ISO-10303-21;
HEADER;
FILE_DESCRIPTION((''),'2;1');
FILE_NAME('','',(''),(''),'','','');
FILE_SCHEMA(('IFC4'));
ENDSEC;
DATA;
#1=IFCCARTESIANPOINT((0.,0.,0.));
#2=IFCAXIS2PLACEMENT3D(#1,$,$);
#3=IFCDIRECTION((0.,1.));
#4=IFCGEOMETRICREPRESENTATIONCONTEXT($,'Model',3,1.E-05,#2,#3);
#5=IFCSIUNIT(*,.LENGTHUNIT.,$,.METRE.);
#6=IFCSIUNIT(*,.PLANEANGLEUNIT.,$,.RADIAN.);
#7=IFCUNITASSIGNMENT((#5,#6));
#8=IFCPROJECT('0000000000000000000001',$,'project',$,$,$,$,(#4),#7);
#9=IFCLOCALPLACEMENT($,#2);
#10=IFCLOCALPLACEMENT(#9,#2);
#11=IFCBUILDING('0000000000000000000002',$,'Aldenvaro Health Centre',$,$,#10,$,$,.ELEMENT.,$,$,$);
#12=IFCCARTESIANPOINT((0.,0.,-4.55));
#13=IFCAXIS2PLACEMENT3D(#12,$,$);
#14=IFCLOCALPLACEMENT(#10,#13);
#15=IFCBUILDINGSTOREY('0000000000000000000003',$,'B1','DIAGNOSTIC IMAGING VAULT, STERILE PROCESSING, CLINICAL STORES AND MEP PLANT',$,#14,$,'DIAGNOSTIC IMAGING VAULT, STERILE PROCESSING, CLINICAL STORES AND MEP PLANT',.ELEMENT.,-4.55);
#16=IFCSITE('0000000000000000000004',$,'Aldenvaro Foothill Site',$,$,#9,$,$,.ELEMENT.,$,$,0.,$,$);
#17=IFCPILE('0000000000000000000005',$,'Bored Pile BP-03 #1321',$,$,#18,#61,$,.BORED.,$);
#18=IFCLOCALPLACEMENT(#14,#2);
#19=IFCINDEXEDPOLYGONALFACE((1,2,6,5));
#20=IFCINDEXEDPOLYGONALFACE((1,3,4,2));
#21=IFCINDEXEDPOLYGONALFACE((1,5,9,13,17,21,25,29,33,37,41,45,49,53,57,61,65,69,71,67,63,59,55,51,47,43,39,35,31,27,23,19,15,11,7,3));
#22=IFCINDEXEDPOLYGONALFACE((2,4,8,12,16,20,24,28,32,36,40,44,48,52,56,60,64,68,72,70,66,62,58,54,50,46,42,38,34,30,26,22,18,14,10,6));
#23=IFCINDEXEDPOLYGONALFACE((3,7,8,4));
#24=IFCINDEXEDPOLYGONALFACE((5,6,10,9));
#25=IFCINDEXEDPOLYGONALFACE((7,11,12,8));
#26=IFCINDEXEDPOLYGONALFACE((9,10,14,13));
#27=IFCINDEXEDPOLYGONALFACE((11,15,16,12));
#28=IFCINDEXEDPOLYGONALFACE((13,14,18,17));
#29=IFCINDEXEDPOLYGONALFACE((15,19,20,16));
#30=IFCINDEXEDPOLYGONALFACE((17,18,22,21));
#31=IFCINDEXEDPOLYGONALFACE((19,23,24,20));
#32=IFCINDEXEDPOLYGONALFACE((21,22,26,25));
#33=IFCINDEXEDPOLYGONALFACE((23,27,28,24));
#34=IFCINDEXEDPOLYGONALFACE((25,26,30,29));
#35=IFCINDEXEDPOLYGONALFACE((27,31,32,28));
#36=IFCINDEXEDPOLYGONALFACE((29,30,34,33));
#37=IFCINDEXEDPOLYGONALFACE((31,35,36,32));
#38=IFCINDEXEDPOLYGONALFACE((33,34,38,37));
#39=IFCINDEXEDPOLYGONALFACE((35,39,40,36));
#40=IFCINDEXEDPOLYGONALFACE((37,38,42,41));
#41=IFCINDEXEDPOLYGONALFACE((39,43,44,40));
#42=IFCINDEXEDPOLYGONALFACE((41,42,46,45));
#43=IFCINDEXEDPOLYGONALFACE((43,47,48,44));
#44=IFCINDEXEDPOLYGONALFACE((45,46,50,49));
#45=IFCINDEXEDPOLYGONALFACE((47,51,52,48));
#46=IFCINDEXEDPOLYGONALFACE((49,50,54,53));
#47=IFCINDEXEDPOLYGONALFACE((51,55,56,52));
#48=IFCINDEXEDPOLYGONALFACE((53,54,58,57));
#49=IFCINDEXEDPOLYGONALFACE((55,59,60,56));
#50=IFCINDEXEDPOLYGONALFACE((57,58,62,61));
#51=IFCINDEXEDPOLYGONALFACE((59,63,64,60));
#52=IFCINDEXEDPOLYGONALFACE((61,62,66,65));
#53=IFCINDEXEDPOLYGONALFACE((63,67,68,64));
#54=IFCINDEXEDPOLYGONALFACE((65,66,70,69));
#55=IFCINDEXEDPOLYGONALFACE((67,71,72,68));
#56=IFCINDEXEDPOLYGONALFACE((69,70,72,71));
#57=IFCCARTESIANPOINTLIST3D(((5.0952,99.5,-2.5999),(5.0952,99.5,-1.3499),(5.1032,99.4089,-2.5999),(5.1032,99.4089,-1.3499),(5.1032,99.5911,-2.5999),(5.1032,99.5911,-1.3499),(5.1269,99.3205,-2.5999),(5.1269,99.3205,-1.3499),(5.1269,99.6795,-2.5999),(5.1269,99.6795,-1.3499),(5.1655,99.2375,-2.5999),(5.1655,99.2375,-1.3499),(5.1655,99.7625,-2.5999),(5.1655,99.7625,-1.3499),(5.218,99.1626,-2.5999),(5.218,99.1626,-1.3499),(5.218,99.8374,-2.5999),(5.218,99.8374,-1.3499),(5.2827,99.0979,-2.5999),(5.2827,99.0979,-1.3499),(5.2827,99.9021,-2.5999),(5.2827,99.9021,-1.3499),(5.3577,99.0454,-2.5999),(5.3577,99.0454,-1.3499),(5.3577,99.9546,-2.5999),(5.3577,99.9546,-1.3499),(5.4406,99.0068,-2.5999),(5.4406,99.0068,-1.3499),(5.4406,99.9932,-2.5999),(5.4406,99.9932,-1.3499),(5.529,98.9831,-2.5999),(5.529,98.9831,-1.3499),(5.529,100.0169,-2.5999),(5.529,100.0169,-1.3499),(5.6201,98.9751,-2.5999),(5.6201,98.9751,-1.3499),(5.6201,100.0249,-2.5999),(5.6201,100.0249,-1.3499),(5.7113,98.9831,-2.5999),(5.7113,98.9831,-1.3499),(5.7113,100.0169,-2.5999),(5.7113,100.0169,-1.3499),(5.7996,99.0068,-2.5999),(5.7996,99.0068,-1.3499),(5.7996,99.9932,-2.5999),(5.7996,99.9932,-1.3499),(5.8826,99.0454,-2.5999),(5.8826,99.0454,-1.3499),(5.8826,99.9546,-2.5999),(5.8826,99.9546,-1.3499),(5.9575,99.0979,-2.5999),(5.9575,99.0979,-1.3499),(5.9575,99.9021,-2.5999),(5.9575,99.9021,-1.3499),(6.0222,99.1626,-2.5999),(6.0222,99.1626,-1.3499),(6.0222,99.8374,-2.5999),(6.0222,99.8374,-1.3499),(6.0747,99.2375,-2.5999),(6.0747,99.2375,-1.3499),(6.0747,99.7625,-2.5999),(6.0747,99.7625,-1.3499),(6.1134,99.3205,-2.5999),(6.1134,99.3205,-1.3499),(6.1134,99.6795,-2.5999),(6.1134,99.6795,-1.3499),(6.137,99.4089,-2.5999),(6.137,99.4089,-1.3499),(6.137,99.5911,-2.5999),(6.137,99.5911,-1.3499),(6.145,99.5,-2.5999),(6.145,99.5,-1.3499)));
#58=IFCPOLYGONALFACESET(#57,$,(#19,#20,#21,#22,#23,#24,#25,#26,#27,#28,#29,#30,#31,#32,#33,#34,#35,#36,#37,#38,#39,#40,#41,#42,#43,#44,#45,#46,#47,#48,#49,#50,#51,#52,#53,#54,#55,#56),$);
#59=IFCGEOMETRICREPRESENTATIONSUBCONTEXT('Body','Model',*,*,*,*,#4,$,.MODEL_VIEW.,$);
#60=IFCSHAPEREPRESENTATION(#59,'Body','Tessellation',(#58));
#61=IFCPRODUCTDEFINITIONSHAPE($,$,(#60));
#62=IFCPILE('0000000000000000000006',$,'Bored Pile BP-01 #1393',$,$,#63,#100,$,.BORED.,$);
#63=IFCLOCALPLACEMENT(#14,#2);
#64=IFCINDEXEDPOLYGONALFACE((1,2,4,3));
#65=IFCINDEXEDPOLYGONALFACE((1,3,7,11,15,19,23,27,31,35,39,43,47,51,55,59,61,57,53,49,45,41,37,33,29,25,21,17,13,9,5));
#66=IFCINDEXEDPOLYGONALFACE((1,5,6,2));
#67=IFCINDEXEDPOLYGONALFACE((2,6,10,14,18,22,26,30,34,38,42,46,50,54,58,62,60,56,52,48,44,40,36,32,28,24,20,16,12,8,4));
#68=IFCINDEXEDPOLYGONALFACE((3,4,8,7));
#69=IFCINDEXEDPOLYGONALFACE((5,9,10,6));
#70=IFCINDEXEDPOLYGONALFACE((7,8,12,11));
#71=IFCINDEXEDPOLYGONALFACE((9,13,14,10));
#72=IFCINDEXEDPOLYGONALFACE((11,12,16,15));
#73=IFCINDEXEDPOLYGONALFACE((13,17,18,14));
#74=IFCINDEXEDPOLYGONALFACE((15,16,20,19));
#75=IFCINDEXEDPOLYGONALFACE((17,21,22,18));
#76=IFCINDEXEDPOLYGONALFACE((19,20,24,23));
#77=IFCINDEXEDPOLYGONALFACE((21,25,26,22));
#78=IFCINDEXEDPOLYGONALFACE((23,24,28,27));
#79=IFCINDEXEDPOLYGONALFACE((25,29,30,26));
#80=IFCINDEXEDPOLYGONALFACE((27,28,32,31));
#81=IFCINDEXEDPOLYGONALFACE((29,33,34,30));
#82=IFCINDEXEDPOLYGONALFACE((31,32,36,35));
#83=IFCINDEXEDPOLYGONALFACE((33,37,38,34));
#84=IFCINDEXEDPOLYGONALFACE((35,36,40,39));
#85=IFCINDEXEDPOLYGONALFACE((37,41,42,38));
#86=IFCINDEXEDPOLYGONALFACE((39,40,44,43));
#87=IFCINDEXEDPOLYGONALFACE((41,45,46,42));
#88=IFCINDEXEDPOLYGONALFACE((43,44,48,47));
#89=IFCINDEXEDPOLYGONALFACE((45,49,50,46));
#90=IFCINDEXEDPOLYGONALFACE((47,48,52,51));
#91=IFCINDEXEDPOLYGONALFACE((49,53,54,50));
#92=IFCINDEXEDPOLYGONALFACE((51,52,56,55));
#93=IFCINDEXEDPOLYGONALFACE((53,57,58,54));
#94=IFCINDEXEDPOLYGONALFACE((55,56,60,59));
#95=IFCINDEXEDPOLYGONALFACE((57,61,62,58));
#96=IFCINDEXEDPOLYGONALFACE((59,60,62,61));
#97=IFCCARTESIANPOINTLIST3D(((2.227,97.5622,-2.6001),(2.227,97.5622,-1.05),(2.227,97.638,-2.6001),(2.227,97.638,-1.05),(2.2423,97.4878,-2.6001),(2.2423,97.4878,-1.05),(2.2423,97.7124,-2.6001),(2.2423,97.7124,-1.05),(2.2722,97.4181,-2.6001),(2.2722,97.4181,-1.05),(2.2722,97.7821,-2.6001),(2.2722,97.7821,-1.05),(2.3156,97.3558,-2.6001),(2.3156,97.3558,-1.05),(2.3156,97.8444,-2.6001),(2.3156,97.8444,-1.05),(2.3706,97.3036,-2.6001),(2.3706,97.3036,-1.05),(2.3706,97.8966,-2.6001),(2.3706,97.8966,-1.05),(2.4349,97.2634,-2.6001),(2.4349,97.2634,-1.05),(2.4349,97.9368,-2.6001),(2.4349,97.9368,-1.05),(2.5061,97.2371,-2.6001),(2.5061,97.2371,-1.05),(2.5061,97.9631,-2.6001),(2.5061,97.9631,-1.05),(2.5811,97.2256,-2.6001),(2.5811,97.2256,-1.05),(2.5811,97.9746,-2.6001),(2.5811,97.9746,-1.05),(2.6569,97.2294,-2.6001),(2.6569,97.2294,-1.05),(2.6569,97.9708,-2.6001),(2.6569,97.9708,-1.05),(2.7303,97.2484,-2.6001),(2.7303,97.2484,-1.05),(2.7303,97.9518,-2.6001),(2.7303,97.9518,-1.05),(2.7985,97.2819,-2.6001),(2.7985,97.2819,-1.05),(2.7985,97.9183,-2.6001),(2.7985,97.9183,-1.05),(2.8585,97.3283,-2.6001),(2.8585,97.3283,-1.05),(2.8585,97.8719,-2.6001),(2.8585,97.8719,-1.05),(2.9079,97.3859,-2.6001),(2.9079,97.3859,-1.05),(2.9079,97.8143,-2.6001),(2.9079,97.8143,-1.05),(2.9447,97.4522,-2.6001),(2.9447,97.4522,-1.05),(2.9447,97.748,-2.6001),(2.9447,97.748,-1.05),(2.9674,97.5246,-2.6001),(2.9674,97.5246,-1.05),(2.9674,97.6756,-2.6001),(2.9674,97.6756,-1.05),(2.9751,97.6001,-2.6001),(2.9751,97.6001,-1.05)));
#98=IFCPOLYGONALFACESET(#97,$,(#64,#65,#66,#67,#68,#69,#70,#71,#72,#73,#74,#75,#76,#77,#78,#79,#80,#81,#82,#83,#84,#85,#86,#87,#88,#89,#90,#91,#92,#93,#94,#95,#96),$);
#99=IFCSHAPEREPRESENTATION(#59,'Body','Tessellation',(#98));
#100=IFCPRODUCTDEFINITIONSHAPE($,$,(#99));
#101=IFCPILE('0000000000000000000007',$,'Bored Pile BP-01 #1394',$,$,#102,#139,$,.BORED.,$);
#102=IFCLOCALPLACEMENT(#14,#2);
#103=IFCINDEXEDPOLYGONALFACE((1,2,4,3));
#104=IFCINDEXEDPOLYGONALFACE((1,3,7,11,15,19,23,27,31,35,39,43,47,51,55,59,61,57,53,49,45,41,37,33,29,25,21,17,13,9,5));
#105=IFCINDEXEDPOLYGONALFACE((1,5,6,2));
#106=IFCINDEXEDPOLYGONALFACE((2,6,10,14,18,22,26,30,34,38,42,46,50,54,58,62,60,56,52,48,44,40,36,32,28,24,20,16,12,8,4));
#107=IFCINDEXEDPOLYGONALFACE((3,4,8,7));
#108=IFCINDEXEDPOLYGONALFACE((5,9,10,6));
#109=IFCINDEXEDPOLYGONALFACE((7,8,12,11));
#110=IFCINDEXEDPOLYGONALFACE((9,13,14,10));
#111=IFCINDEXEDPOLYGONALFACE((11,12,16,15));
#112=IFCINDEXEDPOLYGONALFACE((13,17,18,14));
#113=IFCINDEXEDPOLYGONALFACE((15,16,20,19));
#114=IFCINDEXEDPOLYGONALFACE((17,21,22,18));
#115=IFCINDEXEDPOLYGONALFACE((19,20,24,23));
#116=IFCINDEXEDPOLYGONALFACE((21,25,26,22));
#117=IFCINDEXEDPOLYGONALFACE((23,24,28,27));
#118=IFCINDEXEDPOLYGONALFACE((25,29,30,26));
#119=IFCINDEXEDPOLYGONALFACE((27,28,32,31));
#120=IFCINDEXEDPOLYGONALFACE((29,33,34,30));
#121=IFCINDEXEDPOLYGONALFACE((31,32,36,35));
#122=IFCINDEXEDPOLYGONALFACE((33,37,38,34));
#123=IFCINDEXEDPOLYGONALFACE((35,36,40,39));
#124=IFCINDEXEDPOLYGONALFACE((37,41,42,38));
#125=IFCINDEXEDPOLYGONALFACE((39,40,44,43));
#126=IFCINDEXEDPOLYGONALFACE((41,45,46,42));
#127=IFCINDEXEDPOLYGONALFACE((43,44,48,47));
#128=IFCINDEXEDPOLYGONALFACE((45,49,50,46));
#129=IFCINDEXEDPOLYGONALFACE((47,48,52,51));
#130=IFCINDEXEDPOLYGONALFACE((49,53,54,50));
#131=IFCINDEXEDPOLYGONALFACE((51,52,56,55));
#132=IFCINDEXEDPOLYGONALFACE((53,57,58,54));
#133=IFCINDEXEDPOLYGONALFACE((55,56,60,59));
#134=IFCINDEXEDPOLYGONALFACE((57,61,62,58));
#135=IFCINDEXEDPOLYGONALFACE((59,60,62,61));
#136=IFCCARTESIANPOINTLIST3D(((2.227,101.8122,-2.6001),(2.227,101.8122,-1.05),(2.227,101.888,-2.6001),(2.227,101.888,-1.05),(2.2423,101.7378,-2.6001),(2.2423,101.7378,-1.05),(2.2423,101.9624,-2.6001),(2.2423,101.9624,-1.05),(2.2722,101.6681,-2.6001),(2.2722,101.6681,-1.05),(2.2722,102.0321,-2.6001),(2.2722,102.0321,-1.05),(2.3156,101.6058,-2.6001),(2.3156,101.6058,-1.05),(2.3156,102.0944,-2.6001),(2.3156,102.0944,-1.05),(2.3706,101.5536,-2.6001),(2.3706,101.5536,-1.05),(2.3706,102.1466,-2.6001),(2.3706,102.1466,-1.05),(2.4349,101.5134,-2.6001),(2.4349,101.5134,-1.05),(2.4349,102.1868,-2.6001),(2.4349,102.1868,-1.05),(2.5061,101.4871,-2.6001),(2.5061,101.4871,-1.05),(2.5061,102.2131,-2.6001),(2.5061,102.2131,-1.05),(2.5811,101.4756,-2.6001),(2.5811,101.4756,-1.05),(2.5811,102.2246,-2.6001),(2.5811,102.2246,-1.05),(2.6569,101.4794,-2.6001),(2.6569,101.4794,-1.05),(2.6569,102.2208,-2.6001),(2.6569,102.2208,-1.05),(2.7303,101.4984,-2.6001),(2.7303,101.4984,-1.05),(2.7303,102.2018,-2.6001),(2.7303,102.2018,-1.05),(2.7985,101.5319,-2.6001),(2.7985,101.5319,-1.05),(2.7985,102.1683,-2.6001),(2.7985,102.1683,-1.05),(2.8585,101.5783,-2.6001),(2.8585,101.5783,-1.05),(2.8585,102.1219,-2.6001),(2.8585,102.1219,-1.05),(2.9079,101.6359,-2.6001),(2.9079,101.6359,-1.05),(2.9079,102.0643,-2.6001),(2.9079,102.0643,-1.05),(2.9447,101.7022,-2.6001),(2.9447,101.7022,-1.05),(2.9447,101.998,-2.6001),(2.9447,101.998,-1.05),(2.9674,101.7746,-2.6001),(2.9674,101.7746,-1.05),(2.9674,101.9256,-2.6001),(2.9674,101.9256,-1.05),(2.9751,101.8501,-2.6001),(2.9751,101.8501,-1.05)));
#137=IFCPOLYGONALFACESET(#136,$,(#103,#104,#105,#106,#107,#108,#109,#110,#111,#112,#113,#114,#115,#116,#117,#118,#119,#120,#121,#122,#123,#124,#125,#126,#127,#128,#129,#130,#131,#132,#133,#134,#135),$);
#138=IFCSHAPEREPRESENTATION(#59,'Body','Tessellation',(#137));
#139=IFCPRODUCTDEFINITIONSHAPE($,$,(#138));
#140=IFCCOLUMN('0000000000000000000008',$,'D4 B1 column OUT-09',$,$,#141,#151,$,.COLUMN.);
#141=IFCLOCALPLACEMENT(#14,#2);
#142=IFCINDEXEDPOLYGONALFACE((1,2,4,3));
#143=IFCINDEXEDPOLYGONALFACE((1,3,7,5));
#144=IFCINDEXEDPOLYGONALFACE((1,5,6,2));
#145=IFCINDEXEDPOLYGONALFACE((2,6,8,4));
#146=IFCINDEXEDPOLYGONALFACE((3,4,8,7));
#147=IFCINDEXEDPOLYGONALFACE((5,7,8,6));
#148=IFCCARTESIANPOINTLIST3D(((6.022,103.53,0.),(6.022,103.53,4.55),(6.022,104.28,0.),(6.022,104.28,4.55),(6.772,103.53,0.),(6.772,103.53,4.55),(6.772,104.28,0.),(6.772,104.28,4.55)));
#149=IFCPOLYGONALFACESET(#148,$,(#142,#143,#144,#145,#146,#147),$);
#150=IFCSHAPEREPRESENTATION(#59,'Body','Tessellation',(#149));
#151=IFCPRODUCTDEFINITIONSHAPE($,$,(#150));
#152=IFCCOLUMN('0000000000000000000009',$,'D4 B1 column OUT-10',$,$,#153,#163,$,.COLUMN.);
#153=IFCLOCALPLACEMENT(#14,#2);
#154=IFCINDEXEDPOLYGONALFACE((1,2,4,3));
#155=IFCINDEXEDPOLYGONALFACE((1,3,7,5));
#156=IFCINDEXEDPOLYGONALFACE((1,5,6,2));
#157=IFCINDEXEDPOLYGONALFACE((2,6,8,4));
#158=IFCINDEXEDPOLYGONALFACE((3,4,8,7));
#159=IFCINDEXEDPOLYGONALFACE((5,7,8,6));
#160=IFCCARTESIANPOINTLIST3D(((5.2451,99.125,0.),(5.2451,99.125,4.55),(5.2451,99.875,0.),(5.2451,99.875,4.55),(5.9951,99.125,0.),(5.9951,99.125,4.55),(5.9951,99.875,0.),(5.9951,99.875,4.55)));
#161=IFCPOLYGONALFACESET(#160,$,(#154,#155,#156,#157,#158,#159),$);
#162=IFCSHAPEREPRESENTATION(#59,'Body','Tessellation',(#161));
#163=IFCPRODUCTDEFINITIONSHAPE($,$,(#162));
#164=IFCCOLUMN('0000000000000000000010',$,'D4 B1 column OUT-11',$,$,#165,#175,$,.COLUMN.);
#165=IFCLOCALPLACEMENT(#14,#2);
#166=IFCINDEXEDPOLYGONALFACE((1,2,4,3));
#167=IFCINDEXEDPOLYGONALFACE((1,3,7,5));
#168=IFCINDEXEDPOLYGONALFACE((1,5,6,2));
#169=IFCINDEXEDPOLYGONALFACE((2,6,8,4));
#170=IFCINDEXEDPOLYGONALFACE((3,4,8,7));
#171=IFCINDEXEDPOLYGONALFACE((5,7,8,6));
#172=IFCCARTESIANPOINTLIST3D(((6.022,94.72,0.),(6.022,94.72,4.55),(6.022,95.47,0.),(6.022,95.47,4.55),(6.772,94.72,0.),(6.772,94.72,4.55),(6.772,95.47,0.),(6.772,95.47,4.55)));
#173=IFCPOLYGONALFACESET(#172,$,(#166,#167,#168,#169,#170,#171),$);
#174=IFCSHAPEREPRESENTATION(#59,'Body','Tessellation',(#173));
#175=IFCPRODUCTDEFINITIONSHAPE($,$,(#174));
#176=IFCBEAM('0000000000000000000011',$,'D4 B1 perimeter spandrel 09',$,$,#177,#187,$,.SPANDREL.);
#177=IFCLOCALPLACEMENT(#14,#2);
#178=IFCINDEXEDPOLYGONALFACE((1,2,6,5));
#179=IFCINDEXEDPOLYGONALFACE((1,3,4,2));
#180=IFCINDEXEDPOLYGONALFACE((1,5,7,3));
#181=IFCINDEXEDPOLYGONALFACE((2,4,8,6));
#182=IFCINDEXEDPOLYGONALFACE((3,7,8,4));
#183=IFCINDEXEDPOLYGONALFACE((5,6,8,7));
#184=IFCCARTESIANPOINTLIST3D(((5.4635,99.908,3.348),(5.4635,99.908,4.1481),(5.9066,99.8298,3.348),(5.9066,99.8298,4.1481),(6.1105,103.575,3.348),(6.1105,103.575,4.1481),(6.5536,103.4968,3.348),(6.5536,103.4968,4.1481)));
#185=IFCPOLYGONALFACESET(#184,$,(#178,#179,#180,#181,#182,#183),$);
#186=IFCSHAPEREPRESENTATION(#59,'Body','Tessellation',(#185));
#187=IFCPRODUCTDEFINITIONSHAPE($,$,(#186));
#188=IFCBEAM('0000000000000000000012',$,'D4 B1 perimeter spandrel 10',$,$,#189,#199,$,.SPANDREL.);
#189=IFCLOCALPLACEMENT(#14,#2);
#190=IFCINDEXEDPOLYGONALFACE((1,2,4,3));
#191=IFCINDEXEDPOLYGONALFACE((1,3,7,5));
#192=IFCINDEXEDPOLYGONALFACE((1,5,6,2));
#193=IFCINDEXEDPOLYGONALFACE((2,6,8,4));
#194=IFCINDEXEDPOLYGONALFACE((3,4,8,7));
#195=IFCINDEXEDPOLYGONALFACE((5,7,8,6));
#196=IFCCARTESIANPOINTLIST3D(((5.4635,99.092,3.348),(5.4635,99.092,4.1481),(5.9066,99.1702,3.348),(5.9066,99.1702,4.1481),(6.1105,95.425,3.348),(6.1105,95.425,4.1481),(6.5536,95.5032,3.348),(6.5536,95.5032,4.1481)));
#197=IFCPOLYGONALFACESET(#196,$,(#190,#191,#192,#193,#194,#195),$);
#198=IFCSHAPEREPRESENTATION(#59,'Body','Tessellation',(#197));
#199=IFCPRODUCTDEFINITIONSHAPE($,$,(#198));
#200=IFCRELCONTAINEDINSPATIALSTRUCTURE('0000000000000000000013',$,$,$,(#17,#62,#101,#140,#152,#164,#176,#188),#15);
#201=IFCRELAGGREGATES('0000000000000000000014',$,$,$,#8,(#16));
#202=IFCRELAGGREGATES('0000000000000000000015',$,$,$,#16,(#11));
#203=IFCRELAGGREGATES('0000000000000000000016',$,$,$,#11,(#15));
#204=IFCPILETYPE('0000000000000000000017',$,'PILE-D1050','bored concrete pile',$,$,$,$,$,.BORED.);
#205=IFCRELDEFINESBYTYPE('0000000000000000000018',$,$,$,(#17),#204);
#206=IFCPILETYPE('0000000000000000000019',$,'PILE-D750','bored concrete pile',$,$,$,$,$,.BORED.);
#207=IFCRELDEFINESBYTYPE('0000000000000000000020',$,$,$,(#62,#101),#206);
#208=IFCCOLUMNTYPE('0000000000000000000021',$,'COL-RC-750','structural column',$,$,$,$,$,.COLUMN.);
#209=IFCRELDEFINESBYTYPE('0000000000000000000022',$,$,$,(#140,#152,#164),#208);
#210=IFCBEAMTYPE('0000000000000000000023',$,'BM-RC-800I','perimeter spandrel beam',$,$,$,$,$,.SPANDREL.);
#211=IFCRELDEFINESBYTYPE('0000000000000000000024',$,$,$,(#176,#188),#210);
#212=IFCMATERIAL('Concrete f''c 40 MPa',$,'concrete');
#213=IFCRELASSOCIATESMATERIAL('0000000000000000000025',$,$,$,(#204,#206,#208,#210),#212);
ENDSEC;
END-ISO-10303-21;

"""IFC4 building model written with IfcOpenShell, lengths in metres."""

from ifc_helpers import new_model, si_unit, direction, frame, origin, origin_2d, place, context, subcontext, project, spatial, rectangle, circle, extrude, material, material_profile, profile_set, type_object, element, save


model = new_model("IFC4")

# Units and contexts
model_context = context("Model", 3, precision=1e-05, world=origin(), true_north=direction((0.0, 1.0)))
body_context = subcontext(model_context, "Body", "Model", "MODEL_VIEW")
ifc_project = project(units=[si_unit("LENGTHUNIT", "METRE"), si_unit("PLANEANGLEUNIT", "RADIAN")], contexts=[model_context])

# Site, building, storey
site_placement = place(None, origin())
site = spatial("IfcSite", under=ifc_project, at=site_placement, Name="Aldenvaro Foothill Site", CompositionType="ELEMENT", RefElevation=0.0)
building_placement = place(site_placement, origin())
building = spatial("IfcBuilding", under=site, at=building_placement, Name="Aldenvaro Health Centre", CompositionType="ELEMENT")
storey_placement = place(building_placement, frame((0.0, 0.0, -4.55)))
storey = spatial("IfcBuildingStorey", under=building, at=storey_placement, Name="B1", Description="DIAGNOSTIC IMAGING VAULT, STERILE PROCESSING, CLINICAL STORES AND MEP PLANT", LongName="DIAGNOSTIC IMAGING VAULT, STERILE PROCESSING, CLINICAL STORES AND MEP PLANT", CompositionType="ELEMENT", Elevation=-4.55)

# Shared definitions
ifc_material_1 = material(Name="Concrete f'c 40 MPa", Category="concrete")

# Piles
ifc_material_profile_1 = material_profile(ifc_material_1, circle(Radius=0.5249, at=origin_2d()), Name="PILE D1050", Category="concrete")
ifc_profile_set_1 = profile_set([ifc_material_profile_1], Name="Concrete f'c 40 MPa")
pile_type_1 = type_object("IfcPileType", Name="PILE-D1050", Description="bored concrete pile", PredefinedType="BORED", material=ifc_profile_set_1)
for number, where, z_axis, x_axis, name in (
    (1, (5.6201, 99.5, -1.3499), (0.0, 0.0, -1.0), (1.0, 0.0, 0.0), "Bored Pile BP-03 #1321"),
):
    element("IfcPile", number, at=place(storey_placement, frame(where, z_axis=z_axis, x_axis=x_axis)), inside=storey, type_object=pile_type_1, Name=name, PredefinedType="BORED", context=body_context, shape_type="SweptSolid", body=[
        extrude(circle(Radius=0.5249, at=origin_2d()), origin(), (0.0, 0.0, 1.0), 1.25),
    ])
ifc_material_profile_2 = material_profile(ifc_material_1, circle(Radius=0.375, at=origin_2d()), Name="PILE D750", Category="concrete")
ifc_profile_set_2 = profile_set([ifc_material_profile_2], Name="Concrete f'c 40 MPa")
pile_type_2 = type_object("IfcPileType", Name="PILE-D750", Description="bored concrete pile", PredefinedType="BORED", material=ifc_profile_set_2)
for number, where, z_axis, x_axis, name in (
    (2, (2.6001, 97.6001, -1.05), (0.0, 0.0, -1.0), (1.0, 0.0, 0.0), "Bored Pile BP-01 #1393"),
    (3, (2.6001, 101.8501, -1.05), (0.0, 0.0, -1.0), (1.0, 0.0, 0.0), "Bored Pile BP-01 #1394"),
):
    element("IfcPile", number, at=place(storey_placement, frame(where, z_axis=z_axis, x_axis=x_axis)), inside=storey, type_object=pile_type_2, Name=name, PredefinedType="BORED", context=body_context, shape_type="SweptSolid", body=[
        extrude(circle(Radius=0.375, at=origin_2d()), origin(), (0.0, 0.0, 1.0), 1.55),
    ])

# Columns
ifc_material_profile_3 = material_profile(ifc_material_1, rectangle(XDim=0.75, YDim=0.75, at=origin_2d()), Name="RC 750x750", Category="concrete")
ifc_profile_set_3 = profile_set([ifc_material_profile_3], Name="Concrete f'c 40 MPa")
column_type = type_object("IfcColumnType", Name="COL-RC-750", Description="structural column", PredefinedType="COLUMN", material=ifc_profile_set_3)
for number, where, z_axis, x_axis, name in (
    (4, (6.397, 103.905, 0.0), (0.0, 0.0, 1.0), (1.0, 0.0, 0.0), "D4 B1 column OUT-09"),
    (5, (5.6201, 99.5, 0.0), (0.0, 0.0, 1.0), (1.0, 0.0, 0.0), "D4 B1 column OUT-10"),
    (6, (6.397, 95.095, 0.0), (0.0, 0.0, 1.0), (1.0, 0.0, 0.0), "D4 B1 column OUT-11"),
):
    element("IfcColumn", number, at=place(storey_placement, frame(where, z_axis=z_axis, x_axis=x_axis)), inside=storey, type_object=column_type, Name=name, PredefinedType="COLUMN", context=body_context, shape_type="SweptSolid", body=[
        extrude(rectangle(XDim=0.75, YDim=0.75, at=origin_2d()), origin(), (0.0, 0.0, 1.0), 4.55),
    ])

# Beams
ifc_material_profile_4 = material_profile(ifc_material_1, rectangle(XDim=0.45, YDim=0.8, at=origin_2d()), Name="RC 450x800", Category="concrete")
ifc_profile_set_4 = profile_set([ifc_material_profile_4], Name="Concrete f'c 40 MPa")
beam_type = type_object("IfcBeamType", Name="BM-RC-800I", Description="perimeter spandrel beam", PredefinedType="SPANDREL", material=ifc_profile_set_4)
for number, where, z_axis, x_axis, name in (
    (7, (6.332, 103.5359, 3.748), (-0.173748, -0.98479, 0.0), (0.98479, -0.173748, 0.0), "D4 B1 perimeter spandrel 09"),
    (8, (5.6851, 99.1311, 3.748), (0.173748, -0.98479, 0.0), (0.98479, 0.173748, 0.0), "D4 B1 perimeter spandrel 10"),
):
    element("IfcBeam", number, at=place(storey_placement, frame(where, z_axis=z_axis, x_axis=x_axis)), inside=storey, type_object=beam_type, Name=name, PredefinedType="SPANDREL", context=body_context, shape_type="SweptSolid", body=[
        extrude(rectangle(XDim=0.45, YDim=0.8, at=origin_2d()), origin(), (0.0, 0.0, 1.0), 3.7236),
    ])

save(model, "model.ifc")
